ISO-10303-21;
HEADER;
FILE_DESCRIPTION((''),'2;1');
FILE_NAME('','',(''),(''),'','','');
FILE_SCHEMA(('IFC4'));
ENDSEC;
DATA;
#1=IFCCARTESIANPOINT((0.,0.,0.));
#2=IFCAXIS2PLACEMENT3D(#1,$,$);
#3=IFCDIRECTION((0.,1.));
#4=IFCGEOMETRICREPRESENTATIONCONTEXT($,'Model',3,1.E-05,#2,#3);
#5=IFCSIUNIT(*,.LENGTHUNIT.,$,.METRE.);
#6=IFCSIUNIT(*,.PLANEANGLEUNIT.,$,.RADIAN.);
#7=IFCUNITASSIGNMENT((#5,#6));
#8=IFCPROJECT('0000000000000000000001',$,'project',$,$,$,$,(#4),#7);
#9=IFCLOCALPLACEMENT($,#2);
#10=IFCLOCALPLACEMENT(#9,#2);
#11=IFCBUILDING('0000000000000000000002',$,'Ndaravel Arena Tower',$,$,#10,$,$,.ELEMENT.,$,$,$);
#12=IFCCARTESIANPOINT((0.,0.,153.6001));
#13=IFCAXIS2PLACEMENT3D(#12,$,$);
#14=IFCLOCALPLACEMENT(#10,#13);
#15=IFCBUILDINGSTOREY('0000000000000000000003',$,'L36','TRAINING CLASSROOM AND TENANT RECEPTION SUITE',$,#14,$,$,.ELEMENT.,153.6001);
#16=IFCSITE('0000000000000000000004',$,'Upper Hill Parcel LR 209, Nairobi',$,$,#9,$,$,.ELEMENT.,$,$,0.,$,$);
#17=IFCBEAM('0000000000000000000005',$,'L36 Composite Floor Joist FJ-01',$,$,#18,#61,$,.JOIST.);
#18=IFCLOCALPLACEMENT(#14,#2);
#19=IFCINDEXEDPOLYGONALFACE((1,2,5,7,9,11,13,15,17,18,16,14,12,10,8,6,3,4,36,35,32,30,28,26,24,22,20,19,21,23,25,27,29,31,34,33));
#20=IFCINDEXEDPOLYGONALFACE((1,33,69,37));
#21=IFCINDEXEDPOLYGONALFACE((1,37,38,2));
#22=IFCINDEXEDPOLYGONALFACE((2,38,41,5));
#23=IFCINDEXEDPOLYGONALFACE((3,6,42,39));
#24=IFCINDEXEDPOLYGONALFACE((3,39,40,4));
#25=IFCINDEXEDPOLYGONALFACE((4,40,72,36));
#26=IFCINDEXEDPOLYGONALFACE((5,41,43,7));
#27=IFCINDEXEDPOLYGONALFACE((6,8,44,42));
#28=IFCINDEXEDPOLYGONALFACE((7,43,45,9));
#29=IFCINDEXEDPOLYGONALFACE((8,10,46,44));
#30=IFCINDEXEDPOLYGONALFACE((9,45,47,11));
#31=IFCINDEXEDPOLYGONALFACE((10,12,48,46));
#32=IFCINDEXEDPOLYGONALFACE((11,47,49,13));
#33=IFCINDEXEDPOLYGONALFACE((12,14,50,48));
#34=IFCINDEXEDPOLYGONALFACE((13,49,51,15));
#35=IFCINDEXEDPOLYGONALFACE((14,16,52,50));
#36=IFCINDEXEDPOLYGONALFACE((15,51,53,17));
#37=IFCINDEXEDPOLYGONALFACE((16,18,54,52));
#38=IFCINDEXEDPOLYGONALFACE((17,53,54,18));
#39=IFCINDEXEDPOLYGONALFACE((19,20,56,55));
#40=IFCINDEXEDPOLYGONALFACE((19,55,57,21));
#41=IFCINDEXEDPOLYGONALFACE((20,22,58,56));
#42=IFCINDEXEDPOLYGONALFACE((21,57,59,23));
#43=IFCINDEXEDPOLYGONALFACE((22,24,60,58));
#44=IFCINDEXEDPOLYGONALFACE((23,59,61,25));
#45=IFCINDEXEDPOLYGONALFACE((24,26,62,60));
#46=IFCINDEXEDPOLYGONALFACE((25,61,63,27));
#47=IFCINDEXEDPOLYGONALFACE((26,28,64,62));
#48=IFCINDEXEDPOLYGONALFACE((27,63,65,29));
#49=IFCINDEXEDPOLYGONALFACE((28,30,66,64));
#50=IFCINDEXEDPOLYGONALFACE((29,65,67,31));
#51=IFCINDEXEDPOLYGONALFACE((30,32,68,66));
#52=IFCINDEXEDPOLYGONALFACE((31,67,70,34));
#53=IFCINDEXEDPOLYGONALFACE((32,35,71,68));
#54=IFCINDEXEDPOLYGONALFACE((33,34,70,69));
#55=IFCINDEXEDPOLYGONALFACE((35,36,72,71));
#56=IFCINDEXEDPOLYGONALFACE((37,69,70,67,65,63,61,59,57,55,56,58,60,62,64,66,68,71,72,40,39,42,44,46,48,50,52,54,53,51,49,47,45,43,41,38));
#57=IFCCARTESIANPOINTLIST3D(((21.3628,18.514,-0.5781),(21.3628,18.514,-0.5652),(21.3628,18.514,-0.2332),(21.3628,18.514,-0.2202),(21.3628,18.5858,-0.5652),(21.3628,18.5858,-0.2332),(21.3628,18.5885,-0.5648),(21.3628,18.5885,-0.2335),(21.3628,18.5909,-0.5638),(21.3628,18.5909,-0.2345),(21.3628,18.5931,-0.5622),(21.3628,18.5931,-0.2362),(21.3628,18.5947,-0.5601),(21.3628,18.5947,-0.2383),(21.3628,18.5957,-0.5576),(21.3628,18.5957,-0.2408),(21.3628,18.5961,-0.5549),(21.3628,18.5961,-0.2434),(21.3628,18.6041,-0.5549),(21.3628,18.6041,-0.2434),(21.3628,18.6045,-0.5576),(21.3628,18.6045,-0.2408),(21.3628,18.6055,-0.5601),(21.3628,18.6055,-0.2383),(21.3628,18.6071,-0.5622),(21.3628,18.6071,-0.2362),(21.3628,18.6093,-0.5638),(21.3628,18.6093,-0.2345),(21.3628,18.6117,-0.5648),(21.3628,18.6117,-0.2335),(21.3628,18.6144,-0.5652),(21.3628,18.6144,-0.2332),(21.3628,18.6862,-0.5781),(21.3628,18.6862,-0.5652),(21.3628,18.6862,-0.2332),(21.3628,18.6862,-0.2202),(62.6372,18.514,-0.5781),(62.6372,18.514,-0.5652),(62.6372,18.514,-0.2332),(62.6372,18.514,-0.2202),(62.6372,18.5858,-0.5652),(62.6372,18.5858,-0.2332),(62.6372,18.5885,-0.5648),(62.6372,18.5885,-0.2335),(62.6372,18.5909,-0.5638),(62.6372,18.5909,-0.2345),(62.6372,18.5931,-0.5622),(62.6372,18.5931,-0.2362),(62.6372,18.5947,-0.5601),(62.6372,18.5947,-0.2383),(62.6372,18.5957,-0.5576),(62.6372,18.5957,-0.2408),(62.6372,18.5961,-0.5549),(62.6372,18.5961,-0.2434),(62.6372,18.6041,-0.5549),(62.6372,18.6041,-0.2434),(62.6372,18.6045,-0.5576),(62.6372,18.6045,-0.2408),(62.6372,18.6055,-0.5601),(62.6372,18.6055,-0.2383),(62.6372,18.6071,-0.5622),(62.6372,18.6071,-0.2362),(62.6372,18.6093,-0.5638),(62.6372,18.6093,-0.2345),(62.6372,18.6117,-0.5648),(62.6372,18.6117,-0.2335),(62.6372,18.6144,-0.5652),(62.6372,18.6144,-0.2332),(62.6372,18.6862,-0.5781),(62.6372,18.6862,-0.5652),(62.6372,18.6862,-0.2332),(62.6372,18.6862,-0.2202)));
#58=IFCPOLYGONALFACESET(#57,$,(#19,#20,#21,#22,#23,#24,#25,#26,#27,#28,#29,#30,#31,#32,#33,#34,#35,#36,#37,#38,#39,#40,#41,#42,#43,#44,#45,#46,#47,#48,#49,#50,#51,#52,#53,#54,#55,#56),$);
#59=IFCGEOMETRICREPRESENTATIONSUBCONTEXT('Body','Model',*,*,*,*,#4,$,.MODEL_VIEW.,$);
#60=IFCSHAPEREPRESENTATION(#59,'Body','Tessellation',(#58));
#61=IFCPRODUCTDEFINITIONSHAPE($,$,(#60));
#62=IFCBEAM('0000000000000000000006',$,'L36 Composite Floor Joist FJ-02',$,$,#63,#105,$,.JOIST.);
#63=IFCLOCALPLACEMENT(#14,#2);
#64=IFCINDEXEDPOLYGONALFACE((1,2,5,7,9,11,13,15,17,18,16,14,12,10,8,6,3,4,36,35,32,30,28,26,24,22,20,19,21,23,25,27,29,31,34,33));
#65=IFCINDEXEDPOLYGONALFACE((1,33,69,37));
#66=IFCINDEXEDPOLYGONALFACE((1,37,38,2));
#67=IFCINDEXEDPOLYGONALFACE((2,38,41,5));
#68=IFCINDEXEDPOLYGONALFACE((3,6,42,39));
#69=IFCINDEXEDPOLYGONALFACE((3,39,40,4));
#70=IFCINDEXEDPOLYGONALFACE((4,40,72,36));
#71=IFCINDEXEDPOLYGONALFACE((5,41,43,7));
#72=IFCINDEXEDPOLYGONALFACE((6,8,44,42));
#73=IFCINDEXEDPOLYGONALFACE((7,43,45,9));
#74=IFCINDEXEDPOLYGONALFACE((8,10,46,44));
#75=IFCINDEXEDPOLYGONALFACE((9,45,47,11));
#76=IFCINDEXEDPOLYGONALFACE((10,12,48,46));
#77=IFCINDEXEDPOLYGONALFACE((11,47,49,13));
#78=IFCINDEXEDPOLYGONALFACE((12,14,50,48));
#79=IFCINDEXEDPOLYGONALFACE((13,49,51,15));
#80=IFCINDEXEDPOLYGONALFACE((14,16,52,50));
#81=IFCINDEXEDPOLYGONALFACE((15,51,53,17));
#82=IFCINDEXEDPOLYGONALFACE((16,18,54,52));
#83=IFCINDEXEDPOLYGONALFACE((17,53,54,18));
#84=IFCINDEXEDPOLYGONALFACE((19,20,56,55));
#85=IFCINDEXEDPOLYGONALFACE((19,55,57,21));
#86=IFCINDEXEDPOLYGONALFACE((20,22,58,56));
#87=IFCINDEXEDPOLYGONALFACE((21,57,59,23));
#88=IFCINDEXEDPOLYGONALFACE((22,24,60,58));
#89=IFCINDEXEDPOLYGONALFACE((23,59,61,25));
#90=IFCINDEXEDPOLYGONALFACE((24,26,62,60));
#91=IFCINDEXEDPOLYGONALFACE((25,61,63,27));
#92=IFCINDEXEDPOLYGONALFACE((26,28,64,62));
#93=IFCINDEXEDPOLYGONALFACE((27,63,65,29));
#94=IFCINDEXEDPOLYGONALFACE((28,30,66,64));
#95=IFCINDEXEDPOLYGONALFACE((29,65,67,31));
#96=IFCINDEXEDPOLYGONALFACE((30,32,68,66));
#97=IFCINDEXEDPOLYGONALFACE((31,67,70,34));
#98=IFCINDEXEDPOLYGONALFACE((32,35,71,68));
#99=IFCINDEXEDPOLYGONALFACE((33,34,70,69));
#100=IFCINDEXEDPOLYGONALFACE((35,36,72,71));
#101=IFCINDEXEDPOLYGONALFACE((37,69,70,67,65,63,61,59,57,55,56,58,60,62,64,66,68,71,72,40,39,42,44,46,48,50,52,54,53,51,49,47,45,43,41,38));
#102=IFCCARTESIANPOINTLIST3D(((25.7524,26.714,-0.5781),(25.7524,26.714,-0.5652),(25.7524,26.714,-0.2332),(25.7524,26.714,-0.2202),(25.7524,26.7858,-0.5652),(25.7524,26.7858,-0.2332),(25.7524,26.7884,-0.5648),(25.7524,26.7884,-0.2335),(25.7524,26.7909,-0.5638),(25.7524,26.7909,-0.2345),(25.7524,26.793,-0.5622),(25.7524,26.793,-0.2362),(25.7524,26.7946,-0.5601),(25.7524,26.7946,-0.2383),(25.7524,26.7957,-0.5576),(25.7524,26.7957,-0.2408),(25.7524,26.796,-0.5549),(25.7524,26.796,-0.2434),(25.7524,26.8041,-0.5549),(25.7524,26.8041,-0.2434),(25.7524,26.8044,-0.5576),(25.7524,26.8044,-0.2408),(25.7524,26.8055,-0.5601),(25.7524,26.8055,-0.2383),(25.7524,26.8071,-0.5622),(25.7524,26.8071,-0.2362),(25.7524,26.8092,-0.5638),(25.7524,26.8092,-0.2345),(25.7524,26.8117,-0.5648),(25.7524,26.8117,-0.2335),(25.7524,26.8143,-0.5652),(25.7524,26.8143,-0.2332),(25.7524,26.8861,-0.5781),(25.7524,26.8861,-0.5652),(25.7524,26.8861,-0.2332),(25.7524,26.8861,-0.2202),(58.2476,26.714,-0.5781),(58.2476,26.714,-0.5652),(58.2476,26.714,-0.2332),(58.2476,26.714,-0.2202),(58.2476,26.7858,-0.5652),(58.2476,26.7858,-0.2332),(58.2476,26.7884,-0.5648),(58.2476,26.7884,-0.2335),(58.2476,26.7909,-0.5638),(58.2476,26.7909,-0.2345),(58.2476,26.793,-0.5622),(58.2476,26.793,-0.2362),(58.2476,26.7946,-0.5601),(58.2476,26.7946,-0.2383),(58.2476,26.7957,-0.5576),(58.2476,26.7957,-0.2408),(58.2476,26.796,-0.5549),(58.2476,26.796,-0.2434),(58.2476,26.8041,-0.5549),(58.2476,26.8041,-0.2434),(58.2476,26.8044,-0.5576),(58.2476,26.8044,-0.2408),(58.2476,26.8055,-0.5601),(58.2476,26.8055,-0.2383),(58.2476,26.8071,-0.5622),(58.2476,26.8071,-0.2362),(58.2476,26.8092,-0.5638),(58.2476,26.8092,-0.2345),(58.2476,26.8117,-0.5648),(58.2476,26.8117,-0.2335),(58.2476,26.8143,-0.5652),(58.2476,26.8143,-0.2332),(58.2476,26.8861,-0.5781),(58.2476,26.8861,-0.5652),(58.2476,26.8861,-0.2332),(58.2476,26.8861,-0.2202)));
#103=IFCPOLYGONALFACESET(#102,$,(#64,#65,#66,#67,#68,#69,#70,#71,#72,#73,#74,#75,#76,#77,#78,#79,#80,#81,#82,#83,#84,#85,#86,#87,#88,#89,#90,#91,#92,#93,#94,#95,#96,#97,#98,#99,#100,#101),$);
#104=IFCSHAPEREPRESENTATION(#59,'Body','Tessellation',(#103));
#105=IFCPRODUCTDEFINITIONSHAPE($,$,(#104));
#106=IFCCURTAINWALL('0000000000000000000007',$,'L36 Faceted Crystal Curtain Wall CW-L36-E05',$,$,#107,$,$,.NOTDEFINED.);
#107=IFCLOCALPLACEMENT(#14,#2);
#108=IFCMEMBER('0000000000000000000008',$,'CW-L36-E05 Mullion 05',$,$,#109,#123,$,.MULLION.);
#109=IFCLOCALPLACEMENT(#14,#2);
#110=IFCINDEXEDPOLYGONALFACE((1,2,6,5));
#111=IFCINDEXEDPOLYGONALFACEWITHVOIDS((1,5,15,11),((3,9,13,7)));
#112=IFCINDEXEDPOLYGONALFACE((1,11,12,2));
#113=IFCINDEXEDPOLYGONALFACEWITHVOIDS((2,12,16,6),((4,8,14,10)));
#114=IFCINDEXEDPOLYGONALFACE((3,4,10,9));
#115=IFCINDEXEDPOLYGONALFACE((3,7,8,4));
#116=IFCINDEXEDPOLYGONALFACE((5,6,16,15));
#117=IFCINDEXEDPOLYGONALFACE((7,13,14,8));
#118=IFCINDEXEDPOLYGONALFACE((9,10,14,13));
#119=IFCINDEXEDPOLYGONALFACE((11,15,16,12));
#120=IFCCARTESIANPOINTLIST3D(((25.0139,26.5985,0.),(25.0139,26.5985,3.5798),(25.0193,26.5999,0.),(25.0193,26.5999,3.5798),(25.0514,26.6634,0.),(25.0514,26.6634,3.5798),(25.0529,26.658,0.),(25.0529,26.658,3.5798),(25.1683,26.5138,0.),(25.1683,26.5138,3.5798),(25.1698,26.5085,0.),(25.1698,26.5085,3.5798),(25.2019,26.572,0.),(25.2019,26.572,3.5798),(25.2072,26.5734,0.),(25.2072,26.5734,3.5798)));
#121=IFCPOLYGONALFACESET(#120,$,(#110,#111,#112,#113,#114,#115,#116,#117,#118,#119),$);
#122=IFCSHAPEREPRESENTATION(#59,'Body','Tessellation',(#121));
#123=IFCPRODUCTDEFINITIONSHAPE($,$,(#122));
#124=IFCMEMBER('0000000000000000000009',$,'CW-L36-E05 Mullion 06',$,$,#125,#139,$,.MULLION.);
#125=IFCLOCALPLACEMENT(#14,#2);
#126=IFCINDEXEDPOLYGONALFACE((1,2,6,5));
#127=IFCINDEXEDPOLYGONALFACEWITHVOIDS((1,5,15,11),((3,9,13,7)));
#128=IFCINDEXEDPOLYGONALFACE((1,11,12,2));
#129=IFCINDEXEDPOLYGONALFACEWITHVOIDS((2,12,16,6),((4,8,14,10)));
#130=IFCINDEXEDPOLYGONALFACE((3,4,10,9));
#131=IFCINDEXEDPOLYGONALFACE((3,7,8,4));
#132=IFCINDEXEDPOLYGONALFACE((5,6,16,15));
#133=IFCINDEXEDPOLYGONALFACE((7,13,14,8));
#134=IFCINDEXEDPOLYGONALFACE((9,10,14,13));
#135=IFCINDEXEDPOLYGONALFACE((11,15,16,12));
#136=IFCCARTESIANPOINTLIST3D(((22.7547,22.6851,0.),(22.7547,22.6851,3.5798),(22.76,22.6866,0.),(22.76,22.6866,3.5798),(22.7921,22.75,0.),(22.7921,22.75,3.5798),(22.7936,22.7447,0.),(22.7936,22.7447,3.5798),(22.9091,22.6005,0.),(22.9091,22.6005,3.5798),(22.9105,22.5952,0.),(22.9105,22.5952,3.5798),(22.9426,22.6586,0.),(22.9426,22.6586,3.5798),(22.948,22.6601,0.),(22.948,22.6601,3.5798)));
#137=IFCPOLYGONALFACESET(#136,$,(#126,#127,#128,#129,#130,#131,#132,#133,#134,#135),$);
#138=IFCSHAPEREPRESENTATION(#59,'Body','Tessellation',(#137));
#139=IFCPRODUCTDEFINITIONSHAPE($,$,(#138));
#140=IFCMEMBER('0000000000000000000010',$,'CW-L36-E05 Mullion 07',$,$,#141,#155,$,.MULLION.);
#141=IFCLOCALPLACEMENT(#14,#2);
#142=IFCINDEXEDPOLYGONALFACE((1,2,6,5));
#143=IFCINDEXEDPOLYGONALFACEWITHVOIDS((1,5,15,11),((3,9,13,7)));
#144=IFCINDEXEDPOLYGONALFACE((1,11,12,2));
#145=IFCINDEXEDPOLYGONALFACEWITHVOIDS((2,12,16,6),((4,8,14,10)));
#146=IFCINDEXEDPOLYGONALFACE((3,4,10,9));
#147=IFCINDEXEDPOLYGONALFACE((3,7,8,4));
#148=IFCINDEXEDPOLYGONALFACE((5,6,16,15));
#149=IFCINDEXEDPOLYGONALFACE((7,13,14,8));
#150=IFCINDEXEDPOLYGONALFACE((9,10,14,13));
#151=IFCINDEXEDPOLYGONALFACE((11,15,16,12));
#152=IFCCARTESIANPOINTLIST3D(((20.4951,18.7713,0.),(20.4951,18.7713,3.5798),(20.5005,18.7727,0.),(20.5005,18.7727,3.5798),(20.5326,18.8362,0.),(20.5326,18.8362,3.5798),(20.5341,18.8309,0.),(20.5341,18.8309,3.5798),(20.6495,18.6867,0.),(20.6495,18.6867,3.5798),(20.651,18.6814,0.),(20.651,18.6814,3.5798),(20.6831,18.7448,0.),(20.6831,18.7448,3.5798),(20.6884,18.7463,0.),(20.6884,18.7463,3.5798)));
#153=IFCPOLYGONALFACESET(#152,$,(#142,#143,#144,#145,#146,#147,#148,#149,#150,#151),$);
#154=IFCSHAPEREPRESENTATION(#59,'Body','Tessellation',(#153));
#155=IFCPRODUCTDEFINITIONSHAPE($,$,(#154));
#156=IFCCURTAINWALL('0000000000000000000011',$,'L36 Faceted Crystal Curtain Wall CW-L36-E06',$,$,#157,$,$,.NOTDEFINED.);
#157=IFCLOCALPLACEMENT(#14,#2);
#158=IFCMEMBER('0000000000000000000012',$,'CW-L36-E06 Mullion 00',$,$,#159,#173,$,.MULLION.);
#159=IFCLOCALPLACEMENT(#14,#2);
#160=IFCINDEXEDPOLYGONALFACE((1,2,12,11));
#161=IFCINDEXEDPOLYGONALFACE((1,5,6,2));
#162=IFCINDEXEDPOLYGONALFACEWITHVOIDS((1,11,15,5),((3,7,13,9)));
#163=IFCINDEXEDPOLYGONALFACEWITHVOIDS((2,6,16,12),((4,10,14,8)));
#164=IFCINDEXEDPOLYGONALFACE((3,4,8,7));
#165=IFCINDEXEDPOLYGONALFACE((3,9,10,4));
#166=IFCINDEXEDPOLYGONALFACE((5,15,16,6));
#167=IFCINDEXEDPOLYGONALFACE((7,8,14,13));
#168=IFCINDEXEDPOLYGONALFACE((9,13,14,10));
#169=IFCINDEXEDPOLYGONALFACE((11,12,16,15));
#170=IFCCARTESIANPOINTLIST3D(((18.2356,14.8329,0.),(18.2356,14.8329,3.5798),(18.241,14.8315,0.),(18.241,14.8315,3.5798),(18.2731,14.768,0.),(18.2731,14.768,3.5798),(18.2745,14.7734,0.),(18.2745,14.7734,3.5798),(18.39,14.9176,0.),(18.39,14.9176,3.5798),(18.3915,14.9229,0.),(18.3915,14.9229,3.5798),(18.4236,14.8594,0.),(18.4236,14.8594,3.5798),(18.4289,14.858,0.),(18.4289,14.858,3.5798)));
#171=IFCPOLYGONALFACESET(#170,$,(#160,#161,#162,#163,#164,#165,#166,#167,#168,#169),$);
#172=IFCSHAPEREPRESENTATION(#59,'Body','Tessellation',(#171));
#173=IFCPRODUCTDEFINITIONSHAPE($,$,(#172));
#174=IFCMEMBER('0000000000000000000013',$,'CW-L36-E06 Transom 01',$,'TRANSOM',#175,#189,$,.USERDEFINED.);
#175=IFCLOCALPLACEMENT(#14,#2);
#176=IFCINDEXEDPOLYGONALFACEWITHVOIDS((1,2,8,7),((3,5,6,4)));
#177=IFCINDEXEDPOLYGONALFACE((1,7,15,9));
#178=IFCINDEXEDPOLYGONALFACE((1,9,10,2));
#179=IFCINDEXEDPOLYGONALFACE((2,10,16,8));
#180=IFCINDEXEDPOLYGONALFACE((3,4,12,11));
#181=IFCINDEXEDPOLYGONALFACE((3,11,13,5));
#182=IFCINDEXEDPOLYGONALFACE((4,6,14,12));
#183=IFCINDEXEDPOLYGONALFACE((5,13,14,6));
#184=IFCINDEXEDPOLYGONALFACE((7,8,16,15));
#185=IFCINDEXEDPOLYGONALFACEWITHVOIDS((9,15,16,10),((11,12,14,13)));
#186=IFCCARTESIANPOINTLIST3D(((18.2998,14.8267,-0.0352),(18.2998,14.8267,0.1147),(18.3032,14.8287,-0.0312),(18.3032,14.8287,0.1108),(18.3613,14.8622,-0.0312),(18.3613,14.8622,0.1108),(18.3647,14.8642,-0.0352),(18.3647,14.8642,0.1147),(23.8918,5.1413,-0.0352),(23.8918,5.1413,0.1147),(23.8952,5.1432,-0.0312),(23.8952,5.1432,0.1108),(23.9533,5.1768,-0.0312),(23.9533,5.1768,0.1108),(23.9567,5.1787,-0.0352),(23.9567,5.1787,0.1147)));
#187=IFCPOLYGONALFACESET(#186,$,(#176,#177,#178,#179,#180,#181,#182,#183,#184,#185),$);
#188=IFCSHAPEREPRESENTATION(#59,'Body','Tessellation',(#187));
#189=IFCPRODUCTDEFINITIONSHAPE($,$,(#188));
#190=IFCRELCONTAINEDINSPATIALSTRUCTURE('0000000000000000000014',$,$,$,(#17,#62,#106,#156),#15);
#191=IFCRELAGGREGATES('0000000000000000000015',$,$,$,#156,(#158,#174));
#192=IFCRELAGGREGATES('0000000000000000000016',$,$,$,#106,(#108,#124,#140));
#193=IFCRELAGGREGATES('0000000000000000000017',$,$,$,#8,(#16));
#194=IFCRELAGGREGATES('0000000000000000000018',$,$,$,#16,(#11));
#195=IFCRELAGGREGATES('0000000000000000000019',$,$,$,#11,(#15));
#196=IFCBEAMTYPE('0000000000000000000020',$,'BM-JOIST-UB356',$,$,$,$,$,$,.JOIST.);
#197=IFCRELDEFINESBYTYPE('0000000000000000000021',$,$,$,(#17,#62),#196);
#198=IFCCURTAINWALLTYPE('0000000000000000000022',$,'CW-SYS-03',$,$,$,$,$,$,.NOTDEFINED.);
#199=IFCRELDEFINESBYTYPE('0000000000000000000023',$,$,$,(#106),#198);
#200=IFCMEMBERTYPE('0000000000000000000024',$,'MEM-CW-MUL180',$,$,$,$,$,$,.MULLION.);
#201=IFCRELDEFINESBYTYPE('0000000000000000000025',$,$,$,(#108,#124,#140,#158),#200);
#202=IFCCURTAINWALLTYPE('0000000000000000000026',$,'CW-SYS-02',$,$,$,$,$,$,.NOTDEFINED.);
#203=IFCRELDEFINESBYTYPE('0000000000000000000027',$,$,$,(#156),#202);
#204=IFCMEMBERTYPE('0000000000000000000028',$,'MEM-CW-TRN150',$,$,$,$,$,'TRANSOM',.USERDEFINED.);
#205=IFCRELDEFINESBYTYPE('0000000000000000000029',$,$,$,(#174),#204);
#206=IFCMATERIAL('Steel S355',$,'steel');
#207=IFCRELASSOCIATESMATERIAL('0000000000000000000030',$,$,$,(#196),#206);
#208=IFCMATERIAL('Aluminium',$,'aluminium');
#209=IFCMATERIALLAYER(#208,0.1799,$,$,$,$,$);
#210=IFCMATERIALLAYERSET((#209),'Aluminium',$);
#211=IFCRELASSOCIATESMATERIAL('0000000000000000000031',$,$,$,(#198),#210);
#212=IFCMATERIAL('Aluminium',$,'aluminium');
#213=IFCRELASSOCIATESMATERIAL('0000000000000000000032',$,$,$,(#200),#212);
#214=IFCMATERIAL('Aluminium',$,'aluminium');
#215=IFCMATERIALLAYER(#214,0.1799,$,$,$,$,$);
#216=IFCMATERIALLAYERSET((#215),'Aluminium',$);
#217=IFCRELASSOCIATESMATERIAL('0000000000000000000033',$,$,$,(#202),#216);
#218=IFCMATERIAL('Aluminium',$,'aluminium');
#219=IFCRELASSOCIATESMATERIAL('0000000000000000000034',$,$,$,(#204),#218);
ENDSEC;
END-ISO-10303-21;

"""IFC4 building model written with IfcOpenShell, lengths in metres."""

from ifc_helpers import new_model, si_unit, direction, frame, origin, origin_2d, place, context, subcontext, project, spatial, hollow_rectangle, i_section, extrude, material, layer, layer_set, material_profile, profile_set, type_object, element, aggregate, save


model = new_model("IFC4")

# Units and contexts
model_context = context("Model", 3, precision=1e-05, world=origin(), true_north=direction((0.0, 1.0)))
body_context = subcontext(model_context, "Body", "Model", "MODEL_VIEW")
ifc_project = project(units=[si_unit("LENGTHUNIT", "METRE"), si_unit("PLANEANGLEUNIT", "RADIAN")], contexts=[model_context])

# Site, building, storey
site_placement = place(None, origin())
site = spatial("IfcSite", under=ifc_project, at=site_placement, Name="Upper Hill Parcel LR 209, Nairobi", CompositionType="ELEMENT", RefElevation=0.0)
building_placement = place(site_placement, origin())
building = spatial("IfcBuilding", under=site, at=building_placement, Name="Ndaravel Arena Tower", CompositionType="ELEMENT")
storey_placement = place(building_placement, frame((0.0, 0.0, 153.6001)))
storey = spatial("IfcBuildingStorey", under=building, at=storey_placement, Name="L36", Description="TRAINING CLASSROOM AND TENANT RECEPTION SUITE", CompositionType="ELEMENT", Elevation=153.6001)

# Beams
ifc_material_1 = material(Name="Steel S355", Category="steel")
ifc_material_profile_1 = material_profile(ifc_material_1, i_section(OverallWidth=0.1721, OverallDepth=0.3579, WebThickness=0.0081, FlangeThickness=0.0129, FilletRadius=0.0103, at=origin_2d()), Name="UB 356x171x57")
ifc_profile_set_1 = profile_set([ifc_material_profile_1], Name="Steel S355")
beam_type = type_object("IfcBeamType", Name="BM-JOIST-UB356", PredefinedType="JOIST", material=ifc_profile_set_1)
beam_1_placement = place(storey_placement, frame((21.3628, 18.6001, -0.3992), z_axis=(1.0, 0.0, 0.0), x_axis=(0.0, 1.0, 0.0)))
element("IfcBeam", 1, at=beam_1_placement, inside=storey, type_object=beam_type, Name="L36 Composite Floor Joist FJ-01", PredefinedType="JOIST", context=body_context, shape_type="SweptSolid", body=[
    extrude(i_section(OverallWidth=0.1721, OverallDepth=0.3579, WebThickness=0.0081, FlangeThickness=0.0129, FilletRadius=0.0103, at=origin_2d()), origin(), (0.0, 0.0, 1.0), 41.2744),
])
beam_2_placement = place(storey_placement, frame((25.7524, 26.8, -0.3992), z_axis=(1.0, 0.0, 0.0), x_axis=(0.0, 1.0, 0.0)))
element("IfcBeam", 2, at=beam_2_placement, inside=storey, type_object=beam_type, Name="L36 Composite Floor Joist FJ-02", PredefinedType="JOIST", context=body_context, shape_type="SweptSolid", body=[
    extrude(i_section(OverallWidth=0.1721, OverallDepth=0.3579, WebThickness=0.0081, FlangeThickness=0.0129, FilletRadius=0.0103, at=origin_2d()), origin(), (0.0, 0.0, 1.0), 32.4951),
])

# Curtain walls, members
ifc_material_2 = material(Name="Aluminium", Category="aluminium")
ifc_layer_1 = layer(ifc_material_2, 0.1799)
ifc_layer_set_1 = layer_set([ifc_layer_1], Name="Aluminium")
curtain_wall_type_1 = type_object("IfcCurtainWallType", Name="CW-SYS-03", PredefinedType="NOTDEFINED", material=ifc_layer_set_1)
curtain_wall_1_placement = place(storey_placement, origin())
curtain_wall_1 = element("IfcCurtainWall", 3, at=curtain_wall_1_placement, inside=storey, type_object=curtain_wall_type_1, Name="L36 Faceted Crystal Curtain Wall CW-L36-E05", PredefinedType="NOTDEFINED")
ifc_material_3 = material(Name="Aluminium", Category="aluminium")
ifc_material_profile_2 = material_profile(ifc_material_3, hollow_rectangle(XDim=0.075, YDim=0.1799, WallThickness=0.0039, at=origin_2d()), Name="CW MULLION 75x180x4")
ifc_profile_set_2 = profile_set([ifc_material_profile_2], Name="Aluminium")
member_type_1 = type_object("IfcMemberType", Name="MEM-CW-MUL180", PredefinedType="MULLION", material=ifc_profile_set_2)
member_1_placement = place(storey_placement, frame((25.1106, 26.5859, 0.0), z_axis=(0.0, 0.0, 1.0), x_axis=(-0.5, -0.866025, 0.0)))
member_1 = element("IfcMember", 4, at=member_1_placement, type_object=member_type_1, Name="CW-L36-E05 Mullion 05", PredefinedType="MULLION", context=body_context, shape_type="SweptSolid", body=[
    extrude(hollow_rectangle(XDim=0.075, YDim=0.1799, WallThickness=0.0039, at=origin_2d()), origin(), (0.0, 0.0, 1.0), 3.5798),
])
member_2_placement = place(storey_placement, frame((22.8513, 22.6726, 0.0), z_axis=(0.0, 0.0, 1.0), x_axis=(-0.5, -0.866025, 0.0)))
member_2 = element("IfcMember", 5, at=member_2_placement, type_object=member_type_1, Name="CW-L36-E05 Mullion 06", PredefinedType="MULLION", context=body_context, shape_type="SweptSolid", body=[
    extrude(hollow_rectangle(XDim=0.075, YDim=0.1799, WallThickness=0.0039, at=origin_2d()), origin(), (0.0, 0.0, 1.0), 3.5798),
])
member_3_placement = place(storey_placement, frame((20.5918, 18.7588, 0.0), z_axis=(0.0, 0.0, 1.0), x_axis=(-0.5, -0.866025, 0.0)))
member_3 = element("IfcMember", 6, at=member_3_placement, type_object=member_type_1, Name="CW-L36-E05 Mullion 07", PredefinedType="MULLION", context=body_context, shape_type="SweptSolid", body=[
    extrude(hollow_rectangle(XDim=0.075, YDim=0.1799, WallThickness=0.0039, at=origin_2d()), origin(), (0.0, 0.0, 1.0), 3.5798),
])
ifc_material_4 = material(Name="Aluminium", Category="aluminium")
ifc_layer_2 = layer(ifc_material_4, 0.1799)
ifc_layer_set_2 = layer_set([ifc_layer_2], Name="Aluminium")
curtain_wall_type_2 = type_object("IfcCurtainWallType", Name="CW-SYS-02", PredefinedType="NOTDEFINED", material=ifc_layer_set_2)
curtain_wall_2_placement = place(storey_placement, origin())
curtain_wall_2 = element("IfcCurtainWall", 7, at=curtain_wall_2_placement, inside=storey, type_object=curtain_wall_type_2, Name="L36 Faceted Crystal Curtain Wall CW-L36-E06", PredefinedType="NOTDEFINED")
member_4_placement = place(storey_placement, frame((18.3323, 14.8455, 0.0), z_axis=(0.0, 0.0, 1.0), x_axis=(0.5, -0.866025, 0.0)))
member_4 = element("IfcMember", 8, at=member_4_placement, type_object=member_type_1, Name="CW-L36-E06 Mullion 00", PredefinedType="MULLION", context=body_context, shape_type="SweptSolid", body=[
    extrude(hollow_rectangle(XDim=0.075, YDim=0.1799, WallThickness=0.0039, at=origin_2d()), origin(), (0.0, 0.0, 1.0), 3.5798),
])
ifc_material_5 = material(Name="Aluminium", Category="aluminium")
ifc_material_profile_3 = material_profile(ifc_material_5, hollow_rectangle(XDim=0.075, YDim=0.1499, WallThickness=0.0039, at=origin_2d()), Name="CW TRANSOM 75x150x4")
ifc_profile_set_3 = profile_set([ifc_material_profile_3], Name="Aluminium")
member_type_2 = type_object("IfcMemberType", Name="MEM-CW-TRN150", ElementType="TRANSOM", PredefinedType="USERDEFINED", material=ifc_profile_set_3)
member_5_placement = place(storey_placement, frame((18.3323, 14.8455, 0.0398), z_axis=(0.500006, -0.866022, 0.0), x_axis=(0.866022, 0.500006, 0.0)))
member_5 = element("IfcMember", 9, at=member_5_placement, type_object=member_type_2, Name="CW-L36-E06 Transom 01", ObjectType="TRANSOM", PredefinedType="USERDEFINED", context=body_context, shape_type="SweptSolid", body=[
    extrude(hollow_rectangle(XDim=0.075, YDim=0.1499, WallThickness=0.0039, at=origin_2d()), origin(), (0.0, 0.0, 1.0), 11.1838),
])
aggregate(curtain_wall_2, [member_4, member_5])

aggregate(curtain_wall_1, [member_1, member_2, member_3])

save(model, "model.ifc")
